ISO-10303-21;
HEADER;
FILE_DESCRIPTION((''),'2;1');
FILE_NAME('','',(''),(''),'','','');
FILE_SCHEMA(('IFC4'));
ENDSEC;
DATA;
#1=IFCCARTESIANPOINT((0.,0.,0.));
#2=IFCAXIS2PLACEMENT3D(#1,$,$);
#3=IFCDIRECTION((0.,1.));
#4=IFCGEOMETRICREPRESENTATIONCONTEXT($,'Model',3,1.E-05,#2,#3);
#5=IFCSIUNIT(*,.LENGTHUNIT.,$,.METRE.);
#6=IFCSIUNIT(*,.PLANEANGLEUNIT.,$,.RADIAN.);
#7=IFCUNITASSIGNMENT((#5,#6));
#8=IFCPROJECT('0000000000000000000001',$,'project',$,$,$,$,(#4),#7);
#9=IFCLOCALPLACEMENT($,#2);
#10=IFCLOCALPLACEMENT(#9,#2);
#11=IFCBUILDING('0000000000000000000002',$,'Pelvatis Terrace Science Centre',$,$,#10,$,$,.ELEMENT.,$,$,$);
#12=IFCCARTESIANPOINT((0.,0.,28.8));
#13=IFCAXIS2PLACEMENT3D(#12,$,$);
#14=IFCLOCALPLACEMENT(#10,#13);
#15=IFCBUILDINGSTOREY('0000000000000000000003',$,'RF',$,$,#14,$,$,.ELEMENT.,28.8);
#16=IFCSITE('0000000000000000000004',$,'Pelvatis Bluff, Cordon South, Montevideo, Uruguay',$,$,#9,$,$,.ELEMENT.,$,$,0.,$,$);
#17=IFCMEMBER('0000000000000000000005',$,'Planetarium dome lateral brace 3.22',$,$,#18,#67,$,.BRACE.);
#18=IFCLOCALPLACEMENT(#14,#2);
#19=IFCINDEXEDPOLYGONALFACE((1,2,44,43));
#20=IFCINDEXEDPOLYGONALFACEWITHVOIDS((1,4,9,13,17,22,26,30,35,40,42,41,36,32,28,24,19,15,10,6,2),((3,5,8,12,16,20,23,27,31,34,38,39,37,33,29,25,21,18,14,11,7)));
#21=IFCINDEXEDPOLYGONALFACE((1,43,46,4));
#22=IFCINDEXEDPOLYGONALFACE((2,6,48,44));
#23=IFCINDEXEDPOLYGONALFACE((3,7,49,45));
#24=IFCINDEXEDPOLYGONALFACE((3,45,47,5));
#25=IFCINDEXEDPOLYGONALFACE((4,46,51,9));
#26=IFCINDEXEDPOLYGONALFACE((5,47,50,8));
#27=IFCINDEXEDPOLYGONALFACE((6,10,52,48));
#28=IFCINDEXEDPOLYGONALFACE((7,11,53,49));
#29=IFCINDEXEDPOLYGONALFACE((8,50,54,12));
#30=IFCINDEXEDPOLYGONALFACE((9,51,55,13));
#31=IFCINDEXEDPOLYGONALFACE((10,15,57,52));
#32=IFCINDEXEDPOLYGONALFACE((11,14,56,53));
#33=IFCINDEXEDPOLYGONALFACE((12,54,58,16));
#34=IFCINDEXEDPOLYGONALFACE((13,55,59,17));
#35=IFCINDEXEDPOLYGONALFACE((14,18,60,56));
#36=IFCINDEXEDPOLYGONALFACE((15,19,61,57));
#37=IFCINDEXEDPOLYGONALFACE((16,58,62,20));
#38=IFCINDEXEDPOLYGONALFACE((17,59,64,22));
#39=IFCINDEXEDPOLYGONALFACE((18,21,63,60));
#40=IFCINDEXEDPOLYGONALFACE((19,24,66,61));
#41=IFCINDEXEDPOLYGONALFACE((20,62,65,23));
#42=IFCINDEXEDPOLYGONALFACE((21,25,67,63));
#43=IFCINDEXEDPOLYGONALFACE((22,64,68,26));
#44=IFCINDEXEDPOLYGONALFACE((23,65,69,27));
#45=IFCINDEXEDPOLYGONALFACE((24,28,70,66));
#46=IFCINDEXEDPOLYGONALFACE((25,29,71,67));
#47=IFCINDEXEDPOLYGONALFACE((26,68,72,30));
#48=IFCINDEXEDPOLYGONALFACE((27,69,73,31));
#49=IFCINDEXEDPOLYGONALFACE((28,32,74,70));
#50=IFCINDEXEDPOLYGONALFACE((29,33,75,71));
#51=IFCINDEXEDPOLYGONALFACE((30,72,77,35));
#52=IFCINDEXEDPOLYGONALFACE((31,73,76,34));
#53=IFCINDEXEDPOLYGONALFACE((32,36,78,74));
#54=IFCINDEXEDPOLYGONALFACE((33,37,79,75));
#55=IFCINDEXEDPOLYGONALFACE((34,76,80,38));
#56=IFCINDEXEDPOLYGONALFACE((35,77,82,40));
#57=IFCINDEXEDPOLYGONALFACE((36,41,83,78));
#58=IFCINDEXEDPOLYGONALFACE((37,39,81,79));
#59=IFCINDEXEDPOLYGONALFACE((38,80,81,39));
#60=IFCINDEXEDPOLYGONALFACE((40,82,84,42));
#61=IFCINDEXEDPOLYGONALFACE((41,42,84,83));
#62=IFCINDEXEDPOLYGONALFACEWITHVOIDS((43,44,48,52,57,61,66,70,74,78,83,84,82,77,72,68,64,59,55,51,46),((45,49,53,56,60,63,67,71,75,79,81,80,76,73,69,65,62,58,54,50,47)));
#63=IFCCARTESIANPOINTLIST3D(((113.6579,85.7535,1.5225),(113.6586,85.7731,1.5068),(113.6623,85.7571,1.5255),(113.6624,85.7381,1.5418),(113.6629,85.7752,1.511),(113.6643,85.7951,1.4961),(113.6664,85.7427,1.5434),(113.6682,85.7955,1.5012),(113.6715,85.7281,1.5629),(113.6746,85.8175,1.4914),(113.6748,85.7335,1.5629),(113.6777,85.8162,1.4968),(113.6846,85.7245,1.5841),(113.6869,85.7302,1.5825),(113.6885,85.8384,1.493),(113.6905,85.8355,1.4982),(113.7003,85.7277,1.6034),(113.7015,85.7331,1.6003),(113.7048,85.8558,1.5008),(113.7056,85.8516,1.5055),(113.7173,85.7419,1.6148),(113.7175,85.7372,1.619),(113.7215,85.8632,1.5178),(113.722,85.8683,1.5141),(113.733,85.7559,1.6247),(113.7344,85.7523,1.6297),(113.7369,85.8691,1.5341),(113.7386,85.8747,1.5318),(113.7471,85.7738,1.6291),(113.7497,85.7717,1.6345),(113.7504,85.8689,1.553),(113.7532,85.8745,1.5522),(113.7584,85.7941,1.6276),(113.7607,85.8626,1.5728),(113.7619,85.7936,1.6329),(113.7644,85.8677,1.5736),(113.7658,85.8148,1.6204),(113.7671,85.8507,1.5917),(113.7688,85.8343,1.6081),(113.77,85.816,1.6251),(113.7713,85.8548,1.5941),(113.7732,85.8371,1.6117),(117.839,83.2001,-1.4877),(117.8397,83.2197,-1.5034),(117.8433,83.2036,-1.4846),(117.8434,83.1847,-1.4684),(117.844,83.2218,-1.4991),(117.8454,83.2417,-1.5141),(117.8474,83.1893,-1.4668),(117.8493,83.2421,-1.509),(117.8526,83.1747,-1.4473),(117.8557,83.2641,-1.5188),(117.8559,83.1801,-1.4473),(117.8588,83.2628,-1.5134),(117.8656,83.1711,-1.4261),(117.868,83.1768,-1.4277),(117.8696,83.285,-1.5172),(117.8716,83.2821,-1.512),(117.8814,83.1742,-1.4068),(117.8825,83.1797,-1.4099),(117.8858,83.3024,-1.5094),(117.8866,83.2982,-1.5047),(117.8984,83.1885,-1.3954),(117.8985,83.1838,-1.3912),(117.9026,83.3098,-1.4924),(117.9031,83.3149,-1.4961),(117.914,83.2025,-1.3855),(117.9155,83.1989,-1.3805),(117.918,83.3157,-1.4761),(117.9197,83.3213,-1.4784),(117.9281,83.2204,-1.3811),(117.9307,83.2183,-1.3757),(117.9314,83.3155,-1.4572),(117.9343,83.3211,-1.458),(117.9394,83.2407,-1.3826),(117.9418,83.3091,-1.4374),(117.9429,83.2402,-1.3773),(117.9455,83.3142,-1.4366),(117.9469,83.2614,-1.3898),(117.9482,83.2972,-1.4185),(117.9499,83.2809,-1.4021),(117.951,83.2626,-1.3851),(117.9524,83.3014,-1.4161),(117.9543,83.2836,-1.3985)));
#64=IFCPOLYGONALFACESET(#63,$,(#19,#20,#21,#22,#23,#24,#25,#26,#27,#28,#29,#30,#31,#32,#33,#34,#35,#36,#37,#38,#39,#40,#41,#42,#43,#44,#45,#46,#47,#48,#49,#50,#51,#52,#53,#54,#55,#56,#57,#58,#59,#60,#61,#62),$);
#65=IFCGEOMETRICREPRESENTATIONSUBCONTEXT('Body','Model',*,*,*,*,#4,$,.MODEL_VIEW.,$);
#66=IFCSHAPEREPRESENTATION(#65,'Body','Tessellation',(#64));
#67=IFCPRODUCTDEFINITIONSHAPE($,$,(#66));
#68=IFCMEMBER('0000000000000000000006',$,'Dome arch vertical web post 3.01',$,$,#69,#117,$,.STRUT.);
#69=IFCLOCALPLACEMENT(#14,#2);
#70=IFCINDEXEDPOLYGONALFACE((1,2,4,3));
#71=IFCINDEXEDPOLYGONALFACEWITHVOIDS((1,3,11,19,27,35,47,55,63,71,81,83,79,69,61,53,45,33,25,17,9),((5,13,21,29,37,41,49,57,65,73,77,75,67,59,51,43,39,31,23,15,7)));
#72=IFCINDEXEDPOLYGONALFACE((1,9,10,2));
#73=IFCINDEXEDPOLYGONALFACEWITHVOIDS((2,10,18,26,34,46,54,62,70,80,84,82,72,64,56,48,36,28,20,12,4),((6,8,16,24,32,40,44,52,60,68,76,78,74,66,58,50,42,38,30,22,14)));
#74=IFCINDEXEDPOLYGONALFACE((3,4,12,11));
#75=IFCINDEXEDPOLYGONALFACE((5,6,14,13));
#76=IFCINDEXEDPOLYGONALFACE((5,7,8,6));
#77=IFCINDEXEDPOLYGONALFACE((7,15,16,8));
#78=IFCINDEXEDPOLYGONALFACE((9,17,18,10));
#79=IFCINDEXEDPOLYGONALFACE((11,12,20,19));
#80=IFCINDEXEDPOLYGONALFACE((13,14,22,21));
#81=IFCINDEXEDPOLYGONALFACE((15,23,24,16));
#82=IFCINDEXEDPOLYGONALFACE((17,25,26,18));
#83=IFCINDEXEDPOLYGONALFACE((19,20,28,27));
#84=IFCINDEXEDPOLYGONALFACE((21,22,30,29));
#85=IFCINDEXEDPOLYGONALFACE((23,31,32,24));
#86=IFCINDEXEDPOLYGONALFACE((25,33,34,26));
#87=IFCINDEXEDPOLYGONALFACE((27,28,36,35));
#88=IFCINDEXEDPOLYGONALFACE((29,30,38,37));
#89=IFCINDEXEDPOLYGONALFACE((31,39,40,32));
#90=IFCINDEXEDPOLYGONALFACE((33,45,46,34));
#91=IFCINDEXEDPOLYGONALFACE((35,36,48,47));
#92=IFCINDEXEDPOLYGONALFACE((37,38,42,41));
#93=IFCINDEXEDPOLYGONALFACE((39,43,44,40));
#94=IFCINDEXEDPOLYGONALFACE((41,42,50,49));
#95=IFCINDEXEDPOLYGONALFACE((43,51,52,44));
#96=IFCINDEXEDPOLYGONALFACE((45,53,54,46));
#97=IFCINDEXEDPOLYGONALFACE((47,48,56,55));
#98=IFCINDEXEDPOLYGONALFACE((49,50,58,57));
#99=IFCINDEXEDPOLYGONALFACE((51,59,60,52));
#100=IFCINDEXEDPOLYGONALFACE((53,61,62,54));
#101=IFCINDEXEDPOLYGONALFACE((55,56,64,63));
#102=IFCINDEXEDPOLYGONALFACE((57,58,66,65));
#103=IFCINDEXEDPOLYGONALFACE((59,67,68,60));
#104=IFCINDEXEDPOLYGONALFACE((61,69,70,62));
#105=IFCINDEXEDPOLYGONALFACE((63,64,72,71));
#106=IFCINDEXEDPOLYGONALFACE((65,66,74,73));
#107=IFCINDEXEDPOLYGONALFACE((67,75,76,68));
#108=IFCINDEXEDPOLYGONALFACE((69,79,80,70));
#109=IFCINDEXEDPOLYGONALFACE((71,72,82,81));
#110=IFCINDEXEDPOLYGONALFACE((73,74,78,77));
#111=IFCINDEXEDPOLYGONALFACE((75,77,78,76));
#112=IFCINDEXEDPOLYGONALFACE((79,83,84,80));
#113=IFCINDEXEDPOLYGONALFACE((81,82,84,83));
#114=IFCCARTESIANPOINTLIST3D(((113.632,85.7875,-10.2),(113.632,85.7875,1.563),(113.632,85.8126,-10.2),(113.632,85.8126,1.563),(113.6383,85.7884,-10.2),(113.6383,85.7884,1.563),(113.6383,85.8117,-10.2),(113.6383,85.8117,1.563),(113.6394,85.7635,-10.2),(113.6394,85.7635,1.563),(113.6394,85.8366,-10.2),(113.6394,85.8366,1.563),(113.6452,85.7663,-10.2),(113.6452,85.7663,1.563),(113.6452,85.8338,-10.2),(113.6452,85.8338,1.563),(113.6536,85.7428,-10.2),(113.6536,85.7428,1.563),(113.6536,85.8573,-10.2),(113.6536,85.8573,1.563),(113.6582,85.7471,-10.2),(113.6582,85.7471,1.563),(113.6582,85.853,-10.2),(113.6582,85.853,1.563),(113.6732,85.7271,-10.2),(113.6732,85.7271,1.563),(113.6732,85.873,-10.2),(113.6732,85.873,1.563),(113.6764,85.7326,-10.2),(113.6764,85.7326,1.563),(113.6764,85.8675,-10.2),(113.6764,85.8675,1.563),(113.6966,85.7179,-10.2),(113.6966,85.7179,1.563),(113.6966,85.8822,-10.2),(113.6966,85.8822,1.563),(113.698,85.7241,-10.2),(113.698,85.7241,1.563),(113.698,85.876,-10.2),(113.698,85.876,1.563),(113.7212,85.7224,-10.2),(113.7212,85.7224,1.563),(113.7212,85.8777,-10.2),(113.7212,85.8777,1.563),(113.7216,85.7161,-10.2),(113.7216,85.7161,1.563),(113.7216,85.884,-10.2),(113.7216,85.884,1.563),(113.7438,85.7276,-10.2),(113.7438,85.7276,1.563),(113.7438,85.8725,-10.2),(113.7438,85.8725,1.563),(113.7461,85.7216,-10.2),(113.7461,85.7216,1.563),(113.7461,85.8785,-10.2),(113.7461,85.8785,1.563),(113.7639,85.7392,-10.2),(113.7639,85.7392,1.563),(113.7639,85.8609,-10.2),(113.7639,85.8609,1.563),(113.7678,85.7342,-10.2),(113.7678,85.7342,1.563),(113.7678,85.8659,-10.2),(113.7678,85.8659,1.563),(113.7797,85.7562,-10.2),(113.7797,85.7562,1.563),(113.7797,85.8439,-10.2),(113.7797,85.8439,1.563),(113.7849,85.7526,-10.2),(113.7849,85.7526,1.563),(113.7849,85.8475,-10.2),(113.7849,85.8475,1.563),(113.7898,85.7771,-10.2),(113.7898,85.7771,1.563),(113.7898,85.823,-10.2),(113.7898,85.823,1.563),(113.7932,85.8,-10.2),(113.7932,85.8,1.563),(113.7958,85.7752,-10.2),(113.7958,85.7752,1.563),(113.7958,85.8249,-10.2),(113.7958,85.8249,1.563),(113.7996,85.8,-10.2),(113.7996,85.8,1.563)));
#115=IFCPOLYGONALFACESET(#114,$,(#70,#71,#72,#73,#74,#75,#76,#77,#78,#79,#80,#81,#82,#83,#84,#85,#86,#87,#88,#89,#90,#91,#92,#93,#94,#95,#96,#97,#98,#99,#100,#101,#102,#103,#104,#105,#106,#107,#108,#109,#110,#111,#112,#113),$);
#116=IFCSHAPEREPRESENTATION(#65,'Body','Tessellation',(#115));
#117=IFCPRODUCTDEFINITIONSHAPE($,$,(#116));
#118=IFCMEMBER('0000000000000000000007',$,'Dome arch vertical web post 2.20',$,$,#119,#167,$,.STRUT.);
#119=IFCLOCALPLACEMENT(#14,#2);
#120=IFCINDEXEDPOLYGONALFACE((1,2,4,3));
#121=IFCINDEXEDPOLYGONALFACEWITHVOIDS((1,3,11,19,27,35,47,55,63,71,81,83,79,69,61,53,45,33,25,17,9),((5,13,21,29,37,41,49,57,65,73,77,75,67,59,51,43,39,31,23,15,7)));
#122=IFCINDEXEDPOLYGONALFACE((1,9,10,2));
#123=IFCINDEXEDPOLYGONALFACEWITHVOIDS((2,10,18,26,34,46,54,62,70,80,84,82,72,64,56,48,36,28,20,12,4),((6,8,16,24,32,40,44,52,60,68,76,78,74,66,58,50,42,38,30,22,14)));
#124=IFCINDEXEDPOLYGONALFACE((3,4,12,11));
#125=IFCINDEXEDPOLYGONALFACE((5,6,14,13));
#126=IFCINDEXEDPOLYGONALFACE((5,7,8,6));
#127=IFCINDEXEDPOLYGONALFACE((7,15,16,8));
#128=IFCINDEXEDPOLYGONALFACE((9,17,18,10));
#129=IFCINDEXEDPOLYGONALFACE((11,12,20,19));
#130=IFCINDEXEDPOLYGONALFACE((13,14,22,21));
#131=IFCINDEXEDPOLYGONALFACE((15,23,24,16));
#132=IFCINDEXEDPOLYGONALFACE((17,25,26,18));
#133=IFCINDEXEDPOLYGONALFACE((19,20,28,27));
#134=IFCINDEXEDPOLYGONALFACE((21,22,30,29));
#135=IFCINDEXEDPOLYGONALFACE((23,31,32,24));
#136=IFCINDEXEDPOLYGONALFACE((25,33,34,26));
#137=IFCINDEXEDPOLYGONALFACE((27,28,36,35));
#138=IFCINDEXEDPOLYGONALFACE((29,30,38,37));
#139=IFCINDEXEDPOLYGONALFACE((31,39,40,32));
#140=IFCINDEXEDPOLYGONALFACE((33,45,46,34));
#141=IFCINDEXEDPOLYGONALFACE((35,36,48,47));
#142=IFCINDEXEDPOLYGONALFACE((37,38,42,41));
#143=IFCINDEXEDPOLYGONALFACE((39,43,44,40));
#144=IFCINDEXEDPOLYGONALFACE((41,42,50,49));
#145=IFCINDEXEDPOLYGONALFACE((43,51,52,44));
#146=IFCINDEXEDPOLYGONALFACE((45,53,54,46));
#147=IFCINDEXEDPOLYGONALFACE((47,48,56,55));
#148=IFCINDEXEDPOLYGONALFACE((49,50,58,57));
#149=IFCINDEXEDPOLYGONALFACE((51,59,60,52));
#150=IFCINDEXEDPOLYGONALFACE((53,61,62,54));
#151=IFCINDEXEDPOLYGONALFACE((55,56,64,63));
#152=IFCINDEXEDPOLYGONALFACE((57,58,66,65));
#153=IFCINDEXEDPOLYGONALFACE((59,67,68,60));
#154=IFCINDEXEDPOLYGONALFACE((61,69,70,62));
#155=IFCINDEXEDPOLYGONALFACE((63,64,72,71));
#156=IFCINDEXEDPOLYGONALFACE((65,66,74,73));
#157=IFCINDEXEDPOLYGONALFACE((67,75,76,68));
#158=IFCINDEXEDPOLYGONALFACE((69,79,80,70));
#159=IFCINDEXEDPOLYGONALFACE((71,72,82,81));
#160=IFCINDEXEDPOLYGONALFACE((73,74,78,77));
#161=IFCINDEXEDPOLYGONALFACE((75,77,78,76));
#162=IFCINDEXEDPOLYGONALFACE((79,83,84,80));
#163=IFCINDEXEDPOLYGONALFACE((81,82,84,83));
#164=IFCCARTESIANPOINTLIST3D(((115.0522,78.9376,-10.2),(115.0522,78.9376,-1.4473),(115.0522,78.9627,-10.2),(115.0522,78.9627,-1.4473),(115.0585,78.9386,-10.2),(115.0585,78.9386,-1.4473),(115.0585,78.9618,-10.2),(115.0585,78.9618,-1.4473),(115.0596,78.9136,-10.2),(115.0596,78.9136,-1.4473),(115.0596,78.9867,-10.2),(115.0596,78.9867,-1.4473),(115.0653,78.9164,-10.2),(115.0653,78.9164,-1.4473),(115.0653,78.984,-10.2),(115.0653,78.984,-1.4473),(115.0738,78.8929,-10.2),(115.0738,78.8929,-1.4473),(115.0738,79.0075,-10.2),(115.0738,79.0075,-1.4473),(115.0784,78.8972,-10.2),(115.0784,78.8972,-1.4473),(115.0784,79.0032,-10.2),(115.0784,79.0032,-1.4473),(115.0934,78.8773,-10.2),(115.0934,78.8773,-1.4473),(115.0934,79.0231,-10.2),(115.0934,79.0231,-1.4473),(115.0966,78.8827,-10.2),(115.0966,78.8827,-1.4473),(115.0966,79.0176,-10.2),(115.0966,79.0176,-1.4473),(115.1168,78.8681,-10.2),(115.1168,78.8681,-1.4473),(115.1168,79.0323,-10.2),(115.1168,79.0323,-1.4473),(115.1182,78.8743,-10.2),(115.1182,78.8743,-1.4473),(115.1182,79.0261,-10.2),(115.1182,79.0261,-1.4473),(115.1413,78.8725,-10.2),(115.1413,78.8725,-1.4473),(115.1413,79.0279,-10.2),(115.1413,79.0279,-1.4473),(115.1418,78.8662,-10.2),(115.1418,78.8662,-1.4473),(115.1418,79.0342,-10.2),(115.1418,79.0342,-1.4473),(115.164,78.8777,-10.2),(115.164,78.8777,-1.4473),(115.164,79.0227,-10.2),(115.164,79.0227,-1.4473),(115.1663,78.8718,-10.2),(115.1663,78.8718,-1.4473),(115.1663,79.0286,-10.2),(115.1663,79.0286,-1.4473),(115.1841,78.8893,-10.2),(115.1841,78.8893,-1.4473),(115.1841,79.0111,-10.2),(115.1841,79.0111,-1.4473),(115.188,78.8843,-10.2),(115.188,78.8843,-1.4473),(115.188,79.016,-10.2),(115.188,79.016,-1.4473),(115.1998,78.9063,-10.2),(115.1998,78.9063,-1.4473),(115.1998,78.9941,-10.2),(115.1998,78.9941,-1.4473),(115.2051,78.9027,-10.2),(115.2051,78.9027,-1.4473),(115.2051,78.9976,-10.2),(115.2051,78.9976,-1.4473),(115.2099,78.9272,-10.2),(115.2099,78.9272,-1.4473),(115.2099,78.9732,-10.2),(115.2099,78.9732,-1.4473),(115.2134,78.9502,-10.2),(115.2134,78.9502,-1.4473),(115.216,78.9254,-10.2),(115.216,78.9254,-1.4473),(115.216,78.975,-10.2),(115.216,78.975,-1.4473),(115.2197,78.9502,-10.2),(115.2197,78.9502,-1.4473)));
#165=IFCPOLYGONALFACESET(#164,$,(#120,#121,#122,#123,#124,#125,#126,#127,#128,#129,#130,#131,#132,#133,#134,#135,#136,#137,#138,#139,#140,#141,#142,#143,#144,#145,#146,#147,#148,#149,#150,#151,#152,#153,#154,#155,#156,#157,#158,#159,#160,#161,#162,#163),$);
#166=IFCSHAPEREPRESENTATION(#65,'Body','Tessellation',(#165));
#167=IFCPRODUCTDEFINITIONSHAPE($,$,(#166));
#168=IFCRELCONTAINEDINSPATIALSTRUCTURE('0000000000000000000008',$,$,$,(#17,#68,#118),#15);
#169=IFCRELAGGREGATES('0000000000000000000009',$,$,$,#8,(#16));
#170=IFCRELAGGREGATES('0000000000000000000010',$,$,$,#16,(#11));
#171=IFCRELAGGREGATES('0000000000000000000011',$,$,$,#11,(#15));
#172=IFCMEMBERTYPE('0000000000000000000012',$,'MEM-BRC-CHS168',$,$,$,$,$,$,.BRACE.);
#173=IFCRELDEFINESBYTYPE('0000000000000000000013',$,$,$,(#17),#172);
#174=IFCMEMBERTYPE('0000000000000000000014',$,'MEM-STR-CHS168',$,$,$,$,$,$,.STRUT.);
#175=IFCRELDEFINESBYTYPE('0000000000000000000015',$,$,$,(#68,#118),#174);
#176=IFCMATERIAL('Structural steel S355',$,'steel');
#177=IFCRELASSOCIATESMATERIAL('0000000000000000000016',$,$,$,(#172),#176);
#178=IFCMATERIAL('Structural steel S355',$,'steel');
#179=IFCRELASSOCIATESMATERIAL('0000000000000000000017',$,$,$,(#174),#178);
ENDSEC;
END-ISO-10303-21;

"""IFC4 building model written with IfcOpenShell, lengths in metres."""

from ifc_helpers import new_model, si_unit, direction, frame, origin, origin_2d, place, context, subcontext, project, spatial, hollow_circle, extrude, material, material_profile, profile_set, type_object, element, save


model = new_model("IFC4")

# Units and contexts
model_context = context("Model", 3, precision=1e-05, world=origin(), true_north=direction((0.0, 1.0)))
body_context = subcontext(model_context, "Body", "Model", "MODEL_VIEW")
ifc_project = project(units=[si_unit("LENGTHUNIT", "METRE"), si_unit("PLANEANGLEUNIT", "RADIAN")], contexts=[model_context])

# Site, building, storey
site_placement = place(None, origin())
site = spatial("IfcSite", under=ifc_project, at=site_placement, Name="Pelvatis Bluff, Cordon South, Montevideo, Uruguay", CompositionType="ELEMENT", RefElevation=0.0)
building_placement = place(site_placement, origin())
building = spatial("IfcBuilding", under=site, at=building_placement, Name="Pelvatis Terrace Science Centre", CompositionType="ELEMENT")
storey_placement = place(building_placement, frame((0.0, 0.0, 28.8)))
storey = spatial("IfcBuildingStorey", under=building, at=storey_placement, Name="RF", CompositionType="ELEMENT", Elevation=28.8)

# Members
ifc_material_1 = material(Name="Structural steel S355", Category="steel")
ifc_material_profile_1 = material_profile(ifc_material_1, hollow_circle(Radius=0.0842, WallThickness=0.0063, at=origin_2d()), Name="CHS 168.3x6.3")
ifc_profile_set_1 = profile_set([ifc_material_profile_1], Name="Structural steel S355")
member_type_1 = type_object("IfcMemberType", Name="MEM-BRC-CHS168", PredefinedType="BRACE", material=ifc_profile_set_1)
member_1_placement = place(storey_placement, frame((117.8965, 83.2466, -1.4473), z_axis=(-0.727142, 0.444072, 0.523512), x_axis=(-0.5212, -0.853435, 0.0)))
element("IfcMember", 1, at=member_1_placement, inside=storey, type_object=member_type_1, Name="Planetarium dome lateral brace 3.22", PredefinedType="BRACE", context=body_context, shape_type="SweptSolid", body=[
    extrude(hollow_circle(Radius=0.0842, WallThickness=0.0063, at=origin_2d()), origin(), (0.0, 0.0, 1.0), 5.75),
])
ifc_material_2 = material(Name="Structural steel S355", Category="steel")
ifc_material_profile_2 = material_profile(ifc_material_2, hollow_circle(Radius=0.0842, WallThickness=0.0063, at=origin_2d()), Name="CHS 168.3x6.3")
ifc_profile_set_2 = profile_set([ifc_material_profile_2], Name="Structural steel S355")
member_type_2 = type_object("IfcMemberType", Name="MEM-STR-CHS168", PredefinedType="STRUT", material=ifc_profile_set_2)
member_2_placement = place(storey_placement, frame((113.7153, 85.8, -10.2), z_axis=(0.0, 0.0, 1.0), x_axis=(1.0, 0.0, 0.0)))
element("IfcMember", 2, at=member_2_placement, inside=storey, type_object=member_type_2, Name="Dome arch vertical web post 3.01", PredefinedType="STRUT", context=body_context, shape_type="SweptSolid", body=[
    extrude(hollow_circle(Radius=0.0842, WallThickness=0.0063, at=origin_2d()), origin(), (0.0, 0.0, 1.0), 11.7629),
])
for number, where, z_axis, x_axis, name in (
    (3, (115.1355, 78.9502, -10.2), (0.0, 0.0, 1.0), (1.0, 0.0, 0.0), "Dome arch vertical web post 2.20"),
):
    element("IfcMember", number, at=place(storey_placement, frame(where, z_axis=z_axis, x_axis=x_axis)), inside=storey, type_object=member_type_2, Name=name, PredefinedType="STRUT", context=body_context, shape_type="SweptSolid", body=[
        extrude(hollow_circle(Radius=0.0842, WallThickness=0.0063, at=origin_2d()), origin(), (0.0, 0.0, 1.0), 8.7527),
    ])

save(model, "model.ifc")
